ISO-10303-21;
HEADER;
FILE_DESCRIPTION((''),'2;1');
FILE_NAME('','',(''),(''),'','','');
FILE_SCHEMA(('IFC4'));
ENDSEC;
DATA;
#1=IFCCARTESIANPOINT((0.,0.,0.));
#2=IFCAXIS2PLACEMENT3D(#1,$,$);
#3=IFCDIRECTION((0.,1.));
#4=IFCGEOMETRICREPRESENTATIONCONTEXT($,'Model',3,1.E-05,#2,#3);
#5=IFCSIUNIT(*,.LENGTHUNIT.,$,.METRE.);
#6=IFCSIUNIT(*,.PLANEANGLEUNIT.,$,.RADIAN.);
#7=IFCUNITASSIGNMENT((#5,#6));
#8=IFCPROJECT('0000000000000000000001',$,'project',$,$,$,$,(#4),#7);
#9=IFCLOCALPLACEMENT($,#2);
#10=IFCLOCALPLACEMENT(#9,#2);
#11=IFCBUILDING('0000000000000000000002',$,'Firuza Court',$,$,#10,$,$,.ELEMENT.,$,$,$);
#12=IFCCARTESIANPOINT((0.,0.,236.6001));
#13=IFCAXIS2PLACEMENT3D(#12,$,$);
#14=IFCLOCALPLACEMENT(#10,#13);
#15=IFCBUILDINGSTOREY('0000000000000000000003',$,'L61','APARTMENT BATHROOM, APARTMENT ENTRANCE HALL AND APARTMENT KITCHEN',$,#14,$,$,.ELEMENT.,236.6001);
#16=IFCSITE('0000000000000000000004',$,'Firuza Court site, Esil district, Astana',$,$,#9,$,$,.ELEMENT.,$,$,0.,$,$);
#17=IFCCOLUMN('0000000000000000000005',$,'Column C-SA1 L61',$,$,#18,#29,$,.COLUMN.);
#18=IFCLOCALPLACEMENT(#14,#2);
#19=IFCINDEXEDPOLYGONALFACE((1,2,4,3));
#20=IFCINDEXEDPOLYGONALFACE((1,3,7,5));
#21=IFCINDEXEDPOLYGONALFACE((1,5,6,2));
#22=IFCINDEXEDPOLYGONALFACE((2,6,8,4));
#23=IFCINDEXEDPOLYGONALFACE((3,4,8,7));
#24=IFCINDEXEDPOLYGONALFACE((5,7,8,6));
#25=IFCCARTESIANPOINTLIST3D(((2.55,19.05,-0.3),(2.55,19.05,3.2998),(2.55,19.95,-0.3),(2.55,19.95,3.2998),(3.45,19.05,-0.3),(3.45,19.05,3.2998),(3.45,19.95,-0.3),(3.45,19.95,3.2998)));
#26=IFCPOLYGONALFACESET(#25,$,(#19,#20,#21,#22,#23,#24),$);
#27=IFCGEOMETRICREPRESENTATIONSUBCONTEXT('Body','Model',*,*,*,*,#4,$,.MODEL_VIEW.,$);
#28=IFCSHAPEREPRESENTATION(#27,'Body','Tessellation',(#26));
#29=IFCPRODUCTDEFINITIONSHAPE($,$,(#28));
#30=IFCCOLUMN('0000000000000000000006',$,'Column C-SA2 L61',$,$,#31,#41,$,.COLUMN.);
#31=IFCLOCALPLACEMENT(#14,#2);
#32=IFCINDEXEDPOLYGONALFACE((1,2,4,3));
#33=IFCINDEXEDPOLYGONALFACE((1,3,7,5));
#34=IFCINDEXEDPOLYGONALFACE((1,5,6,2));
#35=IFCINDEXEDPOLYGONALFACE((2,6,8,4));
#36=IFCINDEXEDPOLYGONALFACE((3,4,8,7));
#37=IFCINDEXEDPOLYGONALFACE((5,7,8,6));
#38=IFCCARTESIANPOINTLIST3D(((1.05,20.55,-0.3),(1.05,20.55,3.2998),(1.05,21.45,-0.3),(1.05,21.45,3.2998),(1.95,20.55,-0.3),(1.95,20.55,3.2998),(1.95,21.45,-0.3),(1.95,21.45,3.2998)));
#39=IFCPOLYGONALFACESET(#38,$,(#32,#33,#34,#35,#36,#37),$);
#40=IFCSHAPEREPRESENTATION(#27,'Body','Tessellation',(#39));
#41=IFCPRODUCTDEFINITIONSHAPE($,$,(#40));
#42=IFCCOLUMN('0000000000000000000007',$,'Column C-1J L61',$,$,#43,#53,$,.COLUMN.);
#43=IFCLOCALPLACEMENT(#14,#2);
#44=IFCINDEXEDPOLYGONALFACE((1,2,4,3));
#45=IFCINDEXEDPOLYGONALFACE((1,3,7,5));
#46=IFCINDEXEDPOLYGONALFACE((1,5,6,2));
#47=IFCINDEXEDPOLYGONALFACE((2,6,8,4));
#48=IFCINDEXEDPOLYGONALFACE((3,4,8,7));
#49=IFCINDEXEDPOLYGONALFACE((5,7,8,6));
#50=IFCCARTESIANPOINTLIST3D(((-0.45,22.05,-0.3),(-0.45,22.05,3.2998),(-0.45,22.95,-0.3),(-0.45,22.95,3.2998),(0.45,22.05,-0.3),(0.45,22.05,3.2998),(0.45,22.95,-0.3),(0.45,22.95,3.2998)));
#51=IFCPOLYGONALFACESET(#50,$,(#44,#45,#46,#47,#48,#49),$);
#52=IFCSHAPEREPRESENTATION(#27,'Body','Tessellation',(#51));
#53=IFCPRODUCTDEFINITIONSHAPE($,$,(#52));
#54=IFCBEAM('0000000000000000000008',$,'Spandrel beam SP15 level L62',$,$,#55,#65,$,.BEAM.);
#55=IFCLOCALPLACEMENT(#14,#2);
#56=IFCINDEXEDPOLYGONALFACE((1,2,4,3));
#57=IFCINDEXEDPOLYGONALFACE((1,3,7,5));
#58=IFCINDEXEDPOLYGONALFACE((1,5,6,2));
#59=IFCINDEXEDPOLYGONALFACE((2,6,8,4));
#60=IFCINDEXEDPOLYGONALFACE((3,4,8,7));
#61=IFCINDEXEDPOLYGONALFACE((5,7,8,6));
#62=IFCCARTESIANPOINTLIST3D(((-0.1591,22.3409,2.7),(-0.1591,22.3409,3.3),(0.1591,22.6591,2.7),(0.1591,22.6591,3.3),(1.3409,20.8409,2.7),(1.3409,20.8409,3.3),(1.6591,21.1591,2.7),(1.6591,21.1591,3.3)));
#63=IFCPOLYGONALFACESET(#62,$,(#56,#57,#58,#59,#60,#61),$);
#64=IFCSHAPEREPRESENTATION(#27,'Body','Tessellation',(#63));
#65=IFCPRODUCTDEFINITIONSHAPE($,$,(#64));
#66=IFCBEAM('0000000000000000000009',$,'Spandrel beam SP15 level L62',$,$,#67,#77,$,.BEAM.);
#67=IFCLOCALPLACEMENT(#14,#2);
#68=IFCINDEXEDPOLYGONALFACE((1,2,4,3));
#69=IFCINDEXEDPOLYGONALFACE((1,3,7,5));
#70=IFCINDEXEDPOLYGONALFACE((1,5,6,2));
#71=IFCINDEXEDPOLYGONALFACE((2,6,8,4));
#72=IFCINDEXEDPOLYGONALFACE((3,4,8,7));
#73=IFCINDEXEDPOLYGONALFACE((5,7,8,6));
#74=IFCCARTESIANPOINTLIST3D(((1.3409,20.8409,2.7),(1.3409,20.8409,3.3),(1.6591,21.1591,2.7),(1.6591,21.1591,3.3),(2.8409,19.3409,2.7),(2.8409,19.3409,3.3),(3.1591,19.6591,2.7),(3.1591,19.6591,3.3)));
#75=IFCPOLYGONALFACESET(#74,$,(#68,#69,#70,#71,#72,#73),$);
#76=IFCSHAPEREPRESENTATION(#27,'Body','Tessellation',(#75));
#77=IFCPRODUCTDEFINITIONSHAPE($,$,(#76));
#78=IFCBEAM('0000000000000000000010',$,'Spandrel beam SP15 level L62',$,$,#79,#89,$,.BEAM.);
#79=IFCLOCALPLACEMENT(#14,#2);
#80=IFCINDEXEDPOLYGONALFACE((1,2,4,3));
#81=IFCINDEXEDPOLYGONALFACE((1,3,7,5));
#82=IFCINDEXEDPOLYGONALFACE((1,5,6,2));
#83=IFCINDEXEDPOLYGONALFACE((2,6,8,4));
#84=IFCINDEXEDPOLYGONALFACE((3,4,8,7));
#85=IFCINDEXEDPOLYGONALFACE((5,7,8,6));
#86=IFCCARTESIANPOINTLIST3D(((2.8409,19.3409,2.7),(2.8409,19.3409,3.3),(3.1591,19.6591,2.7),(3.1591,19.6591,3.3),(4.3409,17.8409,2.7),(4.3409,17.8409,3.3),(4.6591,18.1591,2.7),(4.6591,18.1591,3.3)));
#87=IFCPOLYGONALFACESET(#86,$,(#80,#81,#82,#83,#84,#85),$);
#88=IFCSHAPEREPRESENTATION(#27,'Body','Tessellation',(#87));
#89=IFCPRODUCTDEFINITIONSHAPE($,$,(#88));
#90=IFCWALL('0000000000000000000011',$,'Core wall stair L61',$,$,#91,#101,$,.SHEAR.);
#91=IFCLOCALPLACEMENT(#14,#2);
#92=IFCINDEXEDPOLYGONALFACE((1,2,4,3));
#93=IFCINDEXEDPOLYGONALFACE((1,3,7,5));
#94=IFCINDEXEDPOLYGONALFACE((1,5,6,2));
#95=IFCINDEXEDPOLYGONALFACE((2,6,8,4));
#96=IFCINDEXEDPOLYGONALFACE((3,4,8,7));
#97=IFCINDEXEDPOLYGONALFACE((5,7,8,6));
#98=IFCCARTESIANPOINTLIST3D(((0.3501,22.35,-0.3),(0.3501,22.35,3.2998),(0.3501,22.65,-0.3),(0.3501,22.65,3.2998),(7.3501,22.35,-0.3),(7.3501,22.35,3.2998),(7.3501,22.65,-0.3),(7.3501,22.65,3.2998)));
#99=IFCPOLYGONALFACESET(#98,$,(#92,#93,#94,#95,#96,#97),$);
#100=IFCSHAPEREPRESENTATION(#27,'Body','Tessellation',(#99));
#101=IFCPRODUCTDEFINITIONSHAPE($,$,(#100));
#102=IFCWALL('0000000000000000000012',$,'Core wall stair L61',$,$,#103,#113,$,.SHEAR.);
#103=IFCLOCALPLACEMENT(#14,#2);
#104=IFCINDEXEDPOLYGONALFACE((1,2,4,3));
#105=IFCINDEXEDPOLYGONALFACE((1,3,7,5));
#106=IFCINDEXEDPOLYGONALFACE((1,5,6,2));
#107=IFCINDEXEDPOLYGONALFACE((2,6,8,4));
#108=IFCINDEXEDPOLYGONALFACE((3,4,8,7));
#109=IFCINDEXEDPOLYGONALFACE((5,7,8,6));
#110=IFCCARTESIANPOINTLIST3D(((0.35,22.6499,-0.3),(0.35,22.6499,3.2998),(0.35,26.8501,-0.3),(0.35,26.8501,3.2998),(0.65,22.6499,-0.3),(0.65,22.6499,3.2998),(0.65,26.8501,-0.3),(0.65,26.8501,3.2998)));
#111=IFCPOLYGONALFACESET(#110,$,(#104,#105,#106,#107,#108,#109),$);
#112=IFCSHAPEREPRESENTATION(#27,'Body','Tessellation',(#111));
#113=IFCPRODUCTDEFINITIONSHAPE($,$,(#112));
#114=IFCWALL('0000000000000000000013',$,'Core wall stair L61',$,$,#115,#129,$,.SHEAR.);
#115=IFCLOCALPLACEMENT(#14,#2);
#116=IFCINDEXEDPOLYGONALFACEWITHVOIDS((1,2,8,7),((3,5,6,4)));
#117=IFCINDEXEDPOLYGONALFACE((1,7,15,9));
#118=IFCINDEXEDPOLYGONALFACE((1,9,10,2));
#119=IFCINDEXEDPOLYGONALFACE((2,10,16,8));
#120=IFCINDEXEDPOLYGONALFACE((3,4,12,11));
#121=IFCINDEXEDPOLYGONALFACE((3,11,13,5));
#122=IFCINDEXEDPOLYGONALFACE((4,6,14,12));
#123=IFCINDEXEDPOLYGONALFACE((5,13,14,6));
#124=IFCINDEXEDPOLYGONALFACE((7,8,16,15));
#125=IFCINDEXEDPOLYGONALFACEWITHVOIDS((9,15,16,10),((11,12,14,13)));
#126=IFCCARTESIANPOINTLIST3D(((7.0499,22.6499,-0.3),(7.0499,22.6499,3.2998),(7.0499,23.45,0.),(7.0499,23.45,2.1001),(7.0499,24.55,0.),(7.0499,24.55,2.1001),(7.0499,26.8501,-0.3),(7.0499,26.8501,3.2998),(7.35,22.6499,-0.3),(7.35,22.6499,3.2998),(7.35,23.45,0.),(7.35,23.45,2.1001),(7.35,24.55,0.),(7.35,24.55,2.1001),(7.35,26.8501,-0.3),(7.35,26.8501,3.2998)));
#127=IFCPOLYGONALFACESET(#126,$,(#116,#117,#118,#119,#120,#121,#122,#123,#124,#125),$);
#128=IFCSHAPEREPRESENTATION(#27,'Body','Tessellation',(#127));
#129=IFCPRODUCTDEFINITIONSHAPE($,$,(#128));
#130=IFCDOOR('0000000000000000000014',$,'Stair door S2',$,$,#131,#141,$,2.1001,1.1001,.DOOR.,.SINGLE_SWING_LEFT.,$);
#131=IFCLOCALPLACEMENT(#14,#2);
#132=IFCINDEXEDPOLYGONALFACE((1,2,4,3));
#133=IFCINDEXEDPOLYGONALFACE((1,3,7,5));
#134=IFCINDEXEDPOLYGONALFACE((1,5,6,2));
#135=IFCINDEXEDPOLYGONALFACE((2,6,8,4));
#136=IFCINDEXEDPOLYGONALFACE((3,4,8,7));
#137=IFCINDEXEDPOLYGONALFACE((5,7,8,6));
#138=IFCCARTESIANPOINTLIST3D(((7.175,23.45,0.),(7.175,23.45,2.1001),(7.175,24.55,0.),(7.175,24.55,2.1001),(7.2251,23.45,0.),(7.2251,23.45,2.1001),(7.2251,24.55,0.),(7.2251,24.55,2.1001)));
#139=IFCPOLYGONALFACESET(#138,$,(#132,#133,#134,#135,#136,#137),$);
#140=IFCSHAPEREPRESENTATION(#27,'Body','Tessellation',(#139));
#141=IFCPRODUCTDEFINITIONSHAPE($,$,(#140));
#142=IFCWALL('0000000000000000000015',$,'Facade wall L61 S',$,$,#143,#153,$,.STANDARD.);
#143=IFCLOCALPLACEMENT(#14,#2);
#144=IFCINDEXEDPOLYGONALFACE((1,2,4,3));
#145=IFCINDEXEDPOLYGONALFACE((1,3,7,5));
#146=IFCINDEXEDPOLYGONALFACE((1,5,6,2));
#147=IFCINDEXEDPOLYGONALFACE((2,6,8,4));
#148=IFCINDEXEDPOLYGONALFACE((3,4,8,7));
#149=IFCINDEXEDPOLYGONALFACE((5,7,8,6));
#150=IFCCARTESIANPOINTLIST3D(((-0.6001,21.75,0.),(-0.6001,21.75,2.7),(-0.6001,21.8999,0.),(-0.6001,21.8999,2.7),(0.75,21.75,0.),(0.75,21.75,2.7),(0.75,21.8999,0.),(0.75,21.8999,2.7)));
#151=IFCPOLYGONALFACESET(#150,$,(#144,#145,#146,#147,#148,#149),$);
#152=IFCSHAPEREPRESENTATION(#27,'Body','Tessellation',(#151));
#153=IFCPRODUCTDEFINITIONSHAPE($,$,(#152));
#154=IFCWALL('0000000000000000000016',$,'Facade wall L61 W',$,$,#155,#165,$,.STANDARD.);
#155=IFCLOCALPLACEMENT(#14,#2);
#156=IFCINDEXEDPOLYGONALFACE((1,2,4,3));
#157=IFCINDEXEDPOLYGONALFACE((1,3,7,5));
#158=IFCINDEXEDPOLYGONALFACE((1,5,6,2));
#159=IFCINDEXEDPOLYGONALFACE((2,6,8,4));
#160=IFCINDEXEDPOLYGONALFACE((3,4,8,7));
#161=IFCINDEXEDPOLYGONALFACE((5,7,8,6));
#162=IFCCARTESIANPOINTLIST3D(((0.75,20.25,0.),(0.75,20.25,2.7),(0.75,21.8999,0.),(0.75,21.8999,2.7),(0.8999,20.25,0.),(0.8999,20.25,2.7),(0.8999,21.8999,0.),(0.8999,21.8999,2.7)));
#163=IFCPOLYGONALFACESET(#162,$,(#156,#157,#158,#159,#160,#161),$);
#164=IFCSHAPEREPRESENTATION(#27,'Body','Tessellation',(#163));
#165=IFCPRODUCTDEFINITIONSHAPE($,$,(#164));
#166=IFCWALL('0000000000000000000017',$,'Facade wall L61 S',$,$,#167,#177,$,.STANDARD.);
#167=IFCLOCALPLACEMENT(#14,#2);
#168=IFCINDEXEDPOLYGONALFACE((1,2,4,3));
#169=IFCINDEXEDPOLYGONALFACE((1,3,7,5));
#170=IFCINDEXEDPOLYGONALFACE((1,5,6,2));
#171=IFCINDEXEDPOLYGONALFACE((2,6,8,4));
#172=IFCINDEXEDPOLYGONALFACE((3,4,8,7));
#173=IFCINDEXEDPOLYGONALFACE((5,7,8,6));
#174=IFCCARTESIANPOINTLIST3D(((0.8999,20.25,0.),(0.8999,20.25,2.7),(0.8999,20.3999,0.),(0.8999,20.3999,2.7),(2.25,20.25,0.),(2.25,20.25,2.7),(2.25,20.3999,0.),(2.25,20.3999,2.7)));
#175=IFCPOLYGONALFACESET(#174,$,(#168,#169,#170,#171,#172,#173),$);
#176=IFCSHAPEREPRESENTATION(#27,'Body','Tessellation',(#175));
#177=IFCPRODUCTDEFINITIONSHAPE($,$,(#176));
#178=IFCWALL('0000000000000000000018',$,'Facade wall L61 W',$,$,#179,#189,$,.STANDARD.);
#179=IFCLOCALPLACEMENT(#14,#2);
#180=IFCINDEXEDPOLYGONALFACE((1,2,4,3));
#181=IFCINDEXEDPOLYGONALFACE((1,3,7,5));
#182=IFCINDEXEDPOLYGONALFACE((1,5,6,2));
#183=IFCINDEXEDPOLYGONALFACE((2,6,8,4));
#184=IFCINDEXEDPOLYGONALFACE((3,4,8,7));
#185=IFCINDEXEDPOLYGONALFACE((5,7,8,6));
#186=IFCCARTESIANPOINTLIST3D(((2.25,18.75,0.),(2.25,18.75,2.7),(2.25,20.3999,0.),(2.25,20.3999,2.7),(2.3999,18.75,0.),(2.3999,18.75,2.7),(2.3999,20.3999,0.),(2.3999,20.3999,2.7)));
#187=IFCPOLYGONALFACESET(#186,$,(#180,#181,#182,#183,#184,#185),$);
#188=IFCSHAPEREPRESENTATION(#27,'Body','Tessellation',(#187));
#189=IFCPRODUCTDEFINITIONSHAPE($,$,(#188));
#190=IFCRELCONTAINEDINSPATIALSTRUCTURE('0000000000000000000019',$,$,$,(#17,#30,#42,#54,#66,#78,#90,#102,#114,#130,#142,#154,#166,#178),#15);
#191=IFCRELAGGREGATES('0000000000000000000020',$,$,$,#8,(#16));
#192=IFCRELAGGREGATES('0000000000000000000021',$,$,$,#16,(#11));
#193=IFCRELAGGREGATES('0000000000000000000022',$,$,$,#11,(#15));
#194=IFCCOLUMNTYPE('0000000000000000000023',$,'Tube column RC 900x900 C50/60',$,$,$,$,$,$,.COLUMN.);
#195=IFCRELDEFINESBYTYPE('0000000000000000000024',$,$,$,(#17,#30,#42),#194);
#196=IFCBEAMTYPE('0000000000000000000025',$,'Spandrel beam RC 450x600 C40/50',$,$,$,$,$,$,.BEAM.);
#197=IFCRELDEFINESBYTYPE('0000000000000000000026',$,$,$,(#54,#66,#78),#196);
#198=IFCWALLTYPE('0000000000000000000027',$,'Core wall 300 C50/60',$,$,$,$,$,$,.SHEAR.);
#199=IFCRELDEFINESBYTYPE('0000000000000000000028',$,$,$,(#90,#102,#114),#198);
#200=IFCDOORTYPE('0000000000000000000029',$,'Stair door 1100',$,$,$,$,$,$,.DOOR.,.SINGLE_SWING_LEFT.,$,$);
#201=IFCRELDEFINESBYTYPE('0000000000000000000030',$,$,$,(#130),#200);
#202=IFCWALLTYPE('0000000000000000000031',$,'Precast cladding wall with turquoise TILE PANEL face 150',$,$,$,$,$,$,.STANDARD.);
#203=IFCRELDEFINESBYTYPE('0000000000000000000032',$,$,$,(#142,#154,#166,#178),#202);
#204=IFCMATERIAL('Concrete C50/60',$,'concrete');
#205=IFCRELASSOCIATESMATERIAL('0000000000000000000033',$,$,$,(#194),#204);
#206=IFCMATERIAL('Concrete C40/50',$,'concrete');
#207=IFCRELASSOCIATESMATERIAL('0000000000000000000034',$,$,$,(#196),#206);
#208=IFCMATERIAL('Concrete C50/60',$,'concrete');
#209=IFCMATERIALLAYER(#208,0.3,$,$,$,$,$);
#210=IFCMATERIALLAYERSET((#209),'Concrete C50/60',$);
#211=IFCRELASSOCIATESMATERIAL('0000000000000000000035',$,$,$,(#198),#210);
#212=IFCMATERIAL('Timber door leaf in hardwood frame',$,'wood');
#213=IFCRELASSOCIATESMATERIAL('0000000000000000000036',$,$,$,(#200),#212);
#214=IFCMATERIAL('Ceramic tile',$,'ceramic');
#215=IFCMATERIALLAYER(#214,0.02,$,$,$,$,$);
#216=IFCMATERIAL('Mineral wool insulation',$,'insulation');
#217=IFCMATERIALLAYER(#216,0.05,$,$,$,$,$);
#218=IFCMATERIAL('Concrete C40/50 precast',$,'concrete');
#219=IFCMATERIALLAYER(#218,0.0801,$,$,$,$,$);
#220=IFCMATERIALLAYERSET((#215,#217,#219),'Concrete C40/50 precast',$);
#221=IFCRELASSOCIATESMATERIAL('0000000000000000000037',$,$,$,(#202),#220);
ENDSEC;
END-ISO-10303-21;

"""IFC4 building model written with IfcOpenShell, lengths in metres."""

from ifc_helpers import new_model, si_unit, direction, frame, frame_2d, origin, origin_2d, place, context, subcontext, project, spatial, rectangle, extrude, material, layer, layer_set, material_profile, profile_set, type_object, element, fill, save


model = new_model("IFC4")

# Units and contexts
model_context = context("Model", 3, precision=1e-05, world=origin(), true_north=direction((0.0, 1.0)))
body_context = subcontext(model_context, "Body", "Model", "MODEL_VIEW")
ifc_project = project(units=[si_unit("LENGTHUNIT", "METRE"), si_unit("PLANEANGLEUNIT", "RADIAN")], contexts=[model_context])

# Site, building, storey
site_placement = place(None, origin())
site = spatial("IfcSite", under=ifc_project, at=site_placement, Name="Firuza Court site, Esil district, Astana", CompositionType="ELEMENT", RefElevation=0.0)
building_placement = place(site_placement, origin())
building = spatial("IfcBuilding", under=site, at=building_placement, Name="Firuza Court", CompositionType="ELEMENT")
storey_placement = place(building_placement, frame((0.0, 0.0, 236.6001)))
storey = spatial("IfcBuildingStorey", under=building, at=storey_placement, Name="L61", Description="APARTMENT BATHROOM, APARTMENT ENTRANCE HALL AND APARTMENT KITCHEN", CompositionType="ELEMENT", Elevation=236.6001)

# Columns
ifc_material_1 = material(Name="Concrete C50/60", Category="concrete")
ifc_material_profile_1 = material_profile(ifc_material_1, rectangle(XDim=0.8999, YDim=0.8999, at=origin_2d()), Name="RC 900x900")
ifc_profile_set_1 = profile_set([ifc_material_profile_1], Name="Concrete C50/60")
column_type = type_object("IfcColumnType", Name="Tube column RC 900x900 C50/60", PredefinedType="COLUMN", material=ifc_profile_set_1)
for number, where, z_axis, x_axis, name in (
    (1, (3.0, 19.5, -0.3), (0.0, 0.0, 1.0), (1.0, 0.0, 0.0), "Column C-SA1 L61"),
    (2, (1.5, 21.0, -0.3), (0.0, 0.0, 1.0), (1.0, 0.0, 0.0), "Column C-SA2 L61"),
    (3, (0.0, 22.5, -0.3), (0.0, 0.0, 1.0), (1.0, 0.0, 0.0), "Column C-1J L61"),
):
    element("IfcColumn", number, at=place(storey_placement, frame(where, z_axis=z_axis, x_axis=x_axis)), inside=storey, type_object=column_type, Name=name, PredefinedType="COLUMN", context=body_context, shape_type="SweptSolid", body=[
        extrude(rectangle(XDim=0.8999, YDim=0.8999, at=origin_2d()), origin(), (0.0, 0.0, 1.0), 3.5999),
    ])

# Beams
ifc_material_2 = material(Name="Concrete C40/50", Category="concrete")
ifc_material_profile_2 = material_profile(ifc_material_2, rectangle(XDim=0.45, YDim=0.6001, at=origin_2d()), Name="RC 450x600")
ifc_profile_set_2 = profile_set([ifc_material_profile_2], Name="Concrete C40/50")
beam_type = type_object("IfcBeamType", Name="Spandrel beam RC 450x600 C40/50", PredefinedType="BEAM", material=ifc_profile_set_2)
for number, where, z_axis, x_axis, name in (
    (4, (0.0, 22.5, 3.0), (0.707107, -0.707107, 0.0), (0.707107, 0.707107, 0.0), "Spandrel beam SP15 level L62"),
    (5, (1.5, 21.0, 3.0), (0.707107, -0.707107, 0.0), (0.707107, 0.707107, 0.0), "Spandrel beam SP15 level L62"),
    (6, (3.0, 19.5, 3.0), (0.707107, -0.707107, 0.0), (0.707107, 0.707107, 0.0), "Spandrel beam SP15 level L62"),
):
    element("IfcBeam", number, at=place(storey_placement, frame(where, z_axis=z_axis, x_axis=x_axis)), inside=storey, type_object=beam_type, Name=name, PredefinedType="BEAM", context=body_context, shape_type="SweptSolid", body=[
        extrude(rectangle(XDim=0.45, YDim=0.6001, at=origin_2d()), origin(), (0.0, 0.0, 1.0), 2.1213),
    ])

# Walls
ifc_material_3 = material(Name="Concrete C50/60", Category="concrete")
ifc_layer_1 = layer(ifc_material_3, 0.3)
ifc_layer_set_1 = layer_set([ifc_layer_1], Name="Concrete C50/60")
wall_type_1 = type_object("IfcWallType", Name="Core wall 300 C50/60", PredefinedType="SHEAR", material=ifc_layer_set_1)
wall_1_placement = place(storey_placement, frame((0.3501, 22.5, -0.3), z_axis=(0.0, 0.0, 1.0), x_axis=(1.0, 0.0, 0.0)))
element("IfcWall", 7, at=wall_1_placement, inside=storey, type_object=wall_type_1, Name="Core wall stair L61", PredefinedType="SHEAR", context=body_context, shape_type="SweptSolid", body=[
    extrude(rectangle(XDim=7.0, YDim=0.3, at=frame_2d((3.5, 0.0))), origin(), (0.0, 0.0, 1.0), 3.5999),
])
wall_2_placement = place(storey_placement, frame((0.5, 22.6499, -0.3), z_axis=(0.0, 0.0, 1.0), x_axis=(0.0, 1.0, 0.0)))
element("IfcWall", 8, at=wall_2_placement, inside=storey, type_object=wall_type_1, Name="Core wall stair L61", PredefinedType="SHEAR", context=body_context, shape_type="SweptSolid", body=[
    extrude(rectangle(XDim=4.2002, YDim=0.3, at=frame_2d((2.1001, 0.0))), origin(), (0.0, 0.0, 1.0), 3.5999),
])

# Wall, opening, door
wall_3_placement = place(storey_placement, frame((7.2, 22.6499, -0.3), z_axis=(0.0, 0.0, 1.0), x_axis=(0.0, 1.0, 0.0)))
wall_3 = element("IfcWall", 9, at=wall_3_placement, inside=storey, type_object=wall_type_1, Name="Core wall stair L61", PredefinedType="SHEAR", context=body_context, shape_type="SweptSolid", body=[
    extrude(rectangle(XDim=4.2002, YDim=0.3, at=frame_2d((2.1001, 0.0))), origin(), (0.0, 0.0, 1.0), 3.5999),
])
opening_placement = place(wall_3_placement, frame((0.8, 0.0, 0.3)))
opening = element("IfcOpeningElement", 10, at=opening_placement, cuts=wall_3, PredefinedType="OPENING", context=body_context, shape_type="SweptSolid", body=[
    extrude(rectangle(XDim=1.1001, YDim=2.1001, at=frame_2d((0.55, 1.05))), frame((0.0, 0.1621, 0.0), z_axis=(0.0, -1.0, 0.0), x_axis=(1.0, 0.0, 0.0)), (0.0, 0.0, 1.0), 0.324),
])
ifc_material_4 = material(Name="Timber door leaf in hardwood frame", Category="wood")
door_type = type_object("IfcDoorType", Name="Stair door 1100", OperationType="SINGLE_SWING_LEFT", PredefinedType="DOOR", material=ifc_material_4)
door_placement = place(opening_placement, origin())
door = element("IfcDoor", 11, at=door_placement, inside=storey, type_object=door_type, Name="Stair door S2", OperationType="SINGLE_SWING_LEFT", OverallHeight=2.1001, OverallWidth=1.1001, PredefinedType="DOOR", context=body_context, shape_type="SweptSolid", body=[
    extrude(rectangle(XDim=1.1001, YDim=2.1001, at=frame_2d((0.55, 1.05))), frame((0.0, 0.0249, 0.0), z_axis=(0.0, -1.0, 0.0), x_axis=(1.0, 0.0, 0.0)), (0.0, 0.0, 1.0), 0.05),
])
fill(opening, door)

# Walls
ifc_material_5 = material(Name="Ceramic tile", Category="ceramic")
ifc_layer_2 = layer(ifc_material_5, 0.02)
ifc_material_6 = material(Name="Mineral wool insulation", Category="insulation")
ifc_layer_3 = layer(ifc_material_6, 0.05)
ifc_material_7 = material(Name="Concrete C40/50 precast", Category="concrete")
ifc_layer_4 = layer(ifc_material_7, 0.0801)
ifc_layer_set_2 = layer_set([ifc_layer_2, ifc_layer_3, ifc_layer_4], Name="Concrete C40/50 precast")
wall_type_2 = type_object("IfcWallType", Name="Precast cladding wall with turquoise TILE PANEL face 150", PredefinedType="STANDARD", material=ifc_layer_set_2)
wall_4_placement = place(storey_placement, frame((-0.6001, 21.825, 0.0), z_axis=(0.0, 0.0, 1.0), x_axis=(1.0, 0.0, 0.0)))
element("IfcWall", 12, at=wall_4_placement, inside=storey, type_object=wall_type_2, Name="Facade wall L61 S", PredefinedType="STANDARD", context=body_context, shape_type="SweptSolid", body=[
    extrude(rectangle(XDim=1.3501, YDim=0.1499, at=frame_2d((0.675, 0.0))), origin(), (0.0, 0.0, 1.0), 2.7),
])
wall_5_placement = place(storey_placement, frame((0.825, 21.8999, 0.0), z_axis=(0.0, 0.0, 1.0), x_axis=(0.0, -1.0, 0.0)))
element("IfcWall", 13, at=wall_5_placement, inside=storey, type_object=wall_type_2, Name="Facade wall L61 W", PredefinedType="STANDARD", context=body_context, shape_type="SweptSolid", body=[
    extrude(rectangle(XDim=1.6499, YDim=0.1499, at=frame_2d((0.825, 0.0))), origin(), (0.0, 0.0, 1.0), 2.7),
])
wall_6_placement = place(storey_placement, frame((0.8999, 20.325, 0.0), z_axis=(0.0, 0.0, 1.0), x_axis=(1.0, 0.0, 0.0)))
element("IfcWall", 14, at=wall_6_placement, inside=storey, type_object=wall_type_2, Name="Facade wall L61 S", PredefinedType="STANDARD", context=body_context, shape_type="SweptSolid", body=[
    extrude(rectangle(XDim=1.3501, YDim=0.1499, at=frame_2d((0.675, 0.0))), origin(), (0.0, 0.0, 1.0), 2.7),
])
wall_7_placement = place(storey_placement, frame((2.325, 20.3999, 0.0), z_axis=(0.0, 0.0, 1.0), x_axis=(0.0, -1.0, 0.0)))
element("IfcWall", 15, at=wall_7_placement, inside=storey, type_object=wall_type_2, Name="Facade wall L61 W", PredefinedType="STANDARD", context=body_context, shape_type="SweptSolid", body=[
    extrude(rectangle(XDim=1.6499, YDim=0.1499, at=frame_2d((0.825, 0.0))), origin(), (0.0, 0.0, 1.0), 2.7),
])

save(model, "model.ifc")
